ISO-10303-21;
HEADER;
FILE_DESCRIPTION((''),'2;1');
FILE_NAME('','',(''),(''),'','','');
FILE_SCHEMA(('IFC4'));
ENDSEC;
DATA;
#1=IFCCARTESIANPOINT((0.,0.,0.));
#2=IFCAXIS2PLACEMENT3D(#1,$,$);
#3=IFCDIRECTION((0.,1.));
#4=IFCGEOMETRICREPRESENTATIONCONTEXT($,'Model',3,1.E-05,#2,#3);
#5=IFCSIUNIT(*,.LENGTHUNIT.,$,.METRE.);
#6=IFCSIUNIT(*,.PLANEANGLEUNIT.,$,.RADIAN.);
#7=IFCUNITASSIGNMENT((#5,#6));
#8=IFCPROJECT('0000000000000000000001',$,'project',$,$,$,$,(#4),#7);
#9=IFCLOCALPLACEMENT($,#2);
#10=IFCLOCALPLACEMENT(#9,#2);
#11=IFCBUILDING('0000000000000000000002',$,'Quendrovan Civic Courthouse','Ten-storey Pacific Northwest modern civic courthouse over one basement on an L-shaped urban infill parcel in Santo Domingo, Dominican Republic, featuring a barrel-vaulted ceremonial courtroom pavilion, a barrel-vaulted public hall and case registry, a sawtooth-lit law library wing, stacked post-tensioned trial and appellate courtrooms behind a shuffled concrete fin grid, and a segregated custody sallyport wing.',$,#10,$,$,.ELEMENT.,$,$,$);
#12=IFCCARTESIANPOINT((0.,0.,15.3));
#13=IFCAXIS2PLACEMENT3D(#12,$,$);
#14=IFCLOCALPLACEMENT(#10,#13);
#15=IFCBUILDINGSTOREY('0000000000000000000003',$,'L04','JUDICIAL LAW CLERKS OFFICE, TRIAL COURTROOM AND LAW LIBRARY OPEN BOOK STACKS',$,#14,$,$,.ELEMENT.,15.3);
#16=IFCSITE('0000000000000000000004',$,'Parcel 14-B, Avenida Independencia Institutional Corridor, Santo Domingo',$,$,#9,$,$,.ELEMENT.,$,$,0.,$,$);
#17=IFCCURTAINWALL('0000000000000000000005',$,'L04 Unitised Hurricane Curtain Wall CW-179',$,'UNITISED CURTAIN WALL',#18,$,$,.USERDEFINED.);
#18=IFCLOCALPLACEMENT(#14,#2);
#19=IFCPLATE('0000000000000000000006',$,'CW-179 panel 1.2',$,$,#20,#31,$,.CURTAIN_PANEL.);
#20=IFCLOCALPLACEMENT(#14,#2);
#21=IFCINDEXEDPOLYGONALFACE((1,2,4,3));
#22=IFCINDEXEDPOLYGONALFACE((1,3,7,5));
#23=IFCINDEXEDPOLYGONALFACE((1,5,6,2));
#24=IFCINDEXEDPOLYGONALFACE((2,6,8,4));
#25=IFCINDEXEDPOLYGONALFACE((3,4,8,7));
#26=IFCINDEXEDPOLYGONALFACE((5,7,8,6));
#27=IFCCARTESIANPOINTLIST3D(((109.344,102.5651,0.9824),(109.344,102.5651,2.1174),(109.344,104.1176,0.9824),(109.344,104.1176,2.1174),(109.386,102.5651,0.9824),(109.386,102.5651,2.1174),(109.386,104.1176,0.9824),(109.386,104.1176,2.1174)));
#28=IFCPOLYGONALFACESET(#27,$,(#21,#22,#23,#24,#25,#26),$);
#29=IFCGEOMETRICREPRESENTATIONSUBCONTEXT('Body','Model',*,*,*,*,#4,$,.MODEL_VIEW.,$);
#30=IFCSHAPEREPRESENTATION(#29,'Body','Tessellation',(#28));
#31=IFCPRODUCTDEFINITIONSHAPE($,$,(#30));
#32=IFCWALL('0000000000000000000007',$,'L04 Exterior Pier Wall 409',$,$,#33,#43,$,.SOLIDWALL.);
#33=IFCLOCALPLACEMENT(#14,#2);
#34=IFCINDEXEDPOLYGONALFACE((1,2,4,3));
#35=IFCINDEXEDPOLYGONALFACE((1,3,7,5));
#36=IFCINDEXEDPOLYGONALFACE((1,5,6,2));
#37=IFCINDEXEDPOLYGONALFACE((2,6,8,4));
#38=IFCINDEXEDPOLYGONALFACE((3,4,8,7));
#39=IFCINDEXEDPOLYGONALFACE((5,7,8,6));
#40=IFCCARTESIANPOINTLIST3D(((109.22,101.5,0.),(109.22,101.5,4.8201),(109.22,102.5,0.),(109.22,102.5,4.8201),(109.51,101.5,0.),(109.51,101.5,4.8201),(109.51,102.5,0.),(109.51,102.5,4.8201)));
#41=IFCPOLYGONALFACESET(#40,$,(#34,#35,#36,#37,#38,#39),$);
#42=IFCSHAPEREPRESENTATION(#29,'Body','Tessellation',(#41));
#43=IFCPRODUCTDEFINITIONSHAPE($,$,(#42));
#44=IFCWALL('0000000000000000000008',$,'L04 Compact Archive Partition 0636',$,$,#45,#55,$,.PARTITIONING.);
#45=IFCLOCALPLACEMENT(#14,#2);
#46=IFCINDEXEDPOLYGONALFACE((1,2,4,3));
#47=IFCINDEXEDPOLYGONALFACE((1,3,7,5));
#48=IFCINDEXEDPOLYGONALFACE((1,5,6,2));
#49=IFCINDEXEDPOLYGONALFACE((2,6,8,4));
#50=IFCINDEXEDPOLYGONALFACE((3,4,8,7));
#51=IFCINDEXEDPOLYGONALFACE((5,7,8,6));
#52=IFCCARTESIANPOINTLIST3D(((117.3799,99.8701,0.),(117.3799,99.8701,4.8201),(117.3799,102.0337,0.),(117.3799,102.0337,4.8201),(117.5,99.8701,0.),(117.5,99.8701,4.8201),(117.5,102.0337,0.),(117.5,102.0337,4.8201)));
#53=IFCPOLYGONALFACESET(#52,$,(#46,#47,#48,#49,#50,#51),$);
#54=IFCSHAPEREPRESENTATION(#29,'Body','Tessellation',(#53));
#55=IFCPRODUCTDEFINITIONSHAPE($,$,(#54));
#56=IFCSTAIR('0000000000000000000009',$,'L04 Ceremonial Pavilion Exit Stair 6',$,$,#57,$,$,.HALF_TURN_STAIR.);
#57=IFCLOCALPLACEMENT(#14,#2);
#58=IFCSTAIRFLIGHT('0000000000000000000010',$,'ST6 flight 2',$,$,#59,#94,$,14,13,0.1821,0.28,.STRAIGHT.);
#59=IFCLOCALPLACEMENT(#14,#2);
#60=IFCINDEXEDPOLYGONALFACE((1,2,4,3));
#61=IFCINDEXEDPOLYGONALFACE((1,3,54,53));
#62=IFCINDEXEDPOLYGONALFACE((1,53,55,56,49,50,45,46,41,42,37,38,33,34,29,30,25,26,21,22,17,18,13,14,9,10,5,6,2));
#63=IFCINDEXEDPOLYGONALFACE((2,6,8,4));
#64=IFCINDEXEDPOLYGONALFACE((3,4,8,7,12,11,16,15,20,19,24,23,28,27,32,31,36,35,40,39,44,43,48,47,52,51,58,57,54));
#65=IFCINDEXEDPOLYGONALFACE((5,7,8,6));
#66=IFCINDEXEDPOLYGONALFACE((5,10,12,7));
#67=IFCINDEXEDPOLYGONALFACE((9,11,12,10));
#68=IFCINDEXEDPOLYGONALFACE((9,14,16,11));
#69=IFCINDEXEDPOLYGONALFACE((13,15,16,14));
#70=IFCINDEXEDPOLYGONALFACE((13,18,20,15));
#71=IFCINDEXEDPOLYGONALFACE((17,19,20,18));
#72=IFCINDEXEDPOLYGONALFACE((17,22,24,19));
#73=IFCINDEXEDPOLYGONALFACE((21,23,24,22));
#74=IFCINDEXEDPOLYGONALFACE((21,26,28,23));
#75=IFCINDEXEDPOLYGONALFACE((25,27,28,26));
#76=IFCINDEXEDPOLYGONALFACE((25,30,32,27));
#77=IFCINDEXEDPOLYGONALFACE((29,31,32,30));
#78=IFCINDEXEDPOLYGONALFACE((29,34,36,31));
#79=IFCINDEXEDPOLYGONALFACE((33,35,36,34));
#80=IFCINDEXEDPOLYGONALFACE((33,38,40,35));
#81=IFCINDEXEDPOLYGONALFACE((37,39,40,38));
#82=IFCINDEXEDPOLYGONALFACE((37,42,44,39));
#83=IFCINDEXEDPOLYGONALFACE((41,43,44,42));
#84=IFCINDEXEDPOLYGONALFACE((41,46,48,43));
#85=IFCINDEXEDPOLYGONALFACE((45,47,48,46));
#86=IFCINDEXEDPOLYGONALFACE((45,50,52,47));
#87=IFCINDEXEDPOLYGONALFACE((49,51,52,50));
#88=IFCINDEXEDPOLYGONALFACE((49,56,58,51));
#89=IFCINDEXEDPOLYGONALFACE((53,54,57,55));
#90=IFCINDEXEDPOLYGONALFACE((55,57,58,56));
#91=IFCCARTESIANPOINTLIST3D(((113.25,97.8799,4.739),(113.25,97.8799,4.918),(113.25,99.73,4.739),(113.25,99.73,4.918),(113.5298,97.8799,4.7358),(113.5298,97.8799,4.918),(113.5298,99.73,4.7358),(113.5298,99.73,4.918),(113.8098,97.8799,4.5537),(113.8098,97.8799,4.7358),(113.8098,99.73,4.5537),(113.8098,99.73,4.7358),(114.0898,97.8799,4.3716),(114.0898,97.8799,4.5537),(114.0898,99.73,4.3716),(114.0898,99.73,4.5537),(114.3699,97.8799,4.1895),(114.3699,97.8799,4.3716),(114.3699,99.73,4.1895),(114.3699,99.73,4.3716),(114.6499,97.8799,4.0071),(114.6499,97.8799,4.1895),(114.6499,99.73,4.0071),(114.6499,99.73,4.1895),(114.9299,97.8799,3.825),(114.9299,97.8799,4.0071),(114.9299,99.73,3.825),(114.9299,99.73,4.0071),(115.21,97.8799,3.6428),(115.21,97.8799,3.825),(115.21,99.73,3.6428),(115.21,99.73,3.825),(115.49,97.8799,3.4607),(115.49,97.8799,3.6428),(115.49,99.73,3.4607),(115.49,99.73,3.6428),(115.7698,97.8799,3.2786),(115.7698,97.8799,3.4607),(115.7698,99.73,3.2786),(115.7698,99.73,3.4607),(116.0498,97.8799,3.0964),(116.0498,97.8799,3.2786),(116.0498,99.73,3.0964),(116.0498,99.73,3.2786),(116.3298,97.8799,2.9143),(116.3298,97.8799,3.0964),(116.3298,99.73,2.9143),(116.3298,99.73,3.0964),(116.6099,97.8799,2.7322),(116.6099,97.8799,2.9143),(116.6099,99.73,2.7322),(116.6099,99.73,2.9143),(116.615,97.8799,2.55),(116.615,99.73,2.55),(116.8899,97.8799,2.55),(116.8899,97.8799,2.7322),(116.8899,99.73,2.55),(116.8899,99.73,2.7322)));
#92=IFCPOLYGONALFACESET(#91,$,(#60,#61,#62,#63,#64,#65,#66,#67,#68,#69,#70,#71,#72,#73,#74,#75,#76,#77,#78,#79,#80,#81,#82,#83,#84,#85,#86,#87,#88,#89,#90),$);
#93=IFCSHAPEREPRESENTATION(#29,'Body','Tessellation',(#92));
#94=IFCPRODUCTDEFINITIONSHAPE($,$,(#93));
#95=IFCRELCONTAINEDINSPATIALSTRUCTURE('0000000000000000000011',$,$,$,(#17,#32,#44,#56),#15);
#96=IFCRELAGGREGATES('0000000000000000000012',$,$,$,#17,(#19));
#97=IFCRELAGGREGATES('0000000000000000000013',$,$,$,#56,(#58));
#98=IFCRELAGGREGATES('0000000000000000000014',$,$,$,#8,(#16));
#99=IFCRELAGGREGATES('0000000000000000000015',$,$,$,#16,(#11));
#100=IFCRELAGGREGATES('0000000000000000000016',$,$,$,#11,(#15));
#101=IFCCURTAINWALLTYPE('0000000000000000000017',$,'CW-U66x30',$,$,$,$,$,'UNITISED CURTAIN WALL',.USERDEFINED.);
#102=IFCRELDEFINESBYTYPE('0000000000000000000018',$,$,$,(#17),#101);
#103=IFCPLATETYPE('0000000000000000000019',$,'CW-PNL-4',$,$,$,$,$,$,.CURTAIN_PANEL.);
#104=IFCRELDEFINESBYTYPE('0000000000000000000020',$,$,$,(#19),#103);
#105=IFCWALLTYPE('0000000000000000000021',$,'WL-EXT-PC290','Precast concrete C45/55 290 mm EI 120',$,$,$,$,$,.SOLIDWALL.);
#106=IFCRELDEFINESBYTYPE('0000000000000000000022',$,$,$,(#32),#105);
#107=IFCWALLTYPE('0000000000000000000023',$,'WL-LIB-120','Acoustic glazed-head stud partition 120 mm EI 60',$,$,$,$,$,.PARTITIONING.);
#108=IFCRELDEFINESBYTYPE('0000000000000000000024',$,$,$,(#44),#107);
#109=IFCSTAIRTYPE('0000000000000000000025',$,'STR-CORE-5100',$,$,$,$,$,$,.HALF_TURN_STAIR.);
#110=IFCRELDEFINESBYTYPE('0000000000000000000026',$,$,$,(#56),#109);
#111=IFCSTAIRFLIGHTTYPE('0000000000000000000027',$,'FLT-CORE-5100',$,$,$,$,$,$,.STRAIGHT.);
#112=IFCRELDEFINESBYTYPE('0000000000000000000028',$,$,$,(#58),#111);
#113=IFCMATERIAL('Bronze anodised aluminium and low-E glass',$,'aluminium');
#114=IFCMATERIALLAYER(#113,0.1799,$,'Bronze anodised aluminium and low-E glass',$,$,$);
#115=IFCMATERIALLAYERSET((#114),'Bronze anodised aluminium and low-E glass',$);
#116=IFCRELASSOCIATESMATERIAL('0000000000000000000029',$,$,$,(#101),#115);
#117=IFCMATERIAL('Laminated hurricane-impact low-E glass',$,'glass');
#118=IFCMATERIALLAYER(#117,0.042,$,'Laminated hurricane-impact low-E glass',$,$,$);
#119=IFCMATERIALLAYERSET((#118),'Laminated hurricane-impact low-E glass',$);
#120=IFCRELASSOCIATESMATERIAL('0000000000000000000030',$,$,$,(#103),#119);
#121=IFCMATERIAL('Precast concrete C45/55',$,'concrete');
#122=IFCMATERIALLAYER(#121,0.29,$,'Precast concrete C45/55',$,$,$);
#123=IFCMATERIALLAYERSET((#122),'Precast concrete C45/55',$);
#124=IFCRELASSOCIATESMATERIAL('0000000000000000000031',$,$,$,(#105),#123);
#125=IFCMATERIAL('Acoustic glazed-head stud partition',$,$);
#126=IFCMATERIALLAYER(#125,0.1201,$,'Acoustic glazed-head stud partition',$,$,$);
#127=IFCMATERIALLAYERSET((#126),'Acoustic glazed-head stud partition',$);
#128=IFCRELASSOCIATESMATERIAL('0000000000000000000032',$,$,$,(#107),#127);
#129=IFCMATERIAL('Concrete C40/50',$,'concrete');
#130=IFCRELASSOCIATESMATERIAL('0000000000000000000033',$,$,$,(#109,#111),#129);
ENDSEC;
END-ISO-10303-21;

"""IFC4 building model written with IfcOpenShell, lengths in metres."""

from ifc_helpers import new_model, si_unit, direction, frame, frame_2d, origin, origin_2d, place, context, subcontext, project, spatial, polyline, rectangle, outline, extrude, material, layer, layer_set, type_object, element, aggregate, save


model = new_model("IFC4")

# Units and contexts
model_context = context("Model", 3, precision=1e-05, world=origin(), true_north=direction((0.0, 1.0)))
body_context = subcontext(model_context, "Body", "Model", "MODEL_VIEW")
ifc_project = project(units=[si_unit("LENGTHUNIT", "METRE"), si_unit("PLANEANGLEUNIT", "RADIAN")], contexts=[model_context])

# Site, building, storey
site_placement = place(None, origin())
site = spatial("IfcSite", under=ifc_project, at=site_placement, Name="Parcel 14-B, Avenida Independencia Institutional Corridor, Santo Domingo", CompositionType="ELEMENT", RefElevation=0.0)
building_placement = place(site_placement, origin())
building = spatial("IfcBuilding", under=site, at=building_placement, Name="Quendrovan Civic Courthouse", Description="Ten-storey Pacific Northwest modern civic courthouse over one basement on an L-shaped urban infill parcel in Santo Domingo, Dominican Republic, featuring a barrel-vaulted ceremonial courtroom pavilion, a barrel-vaulted public hall and case registry, a sawtooth-lit law library wing, stacked post-tensioned trial and appellate courtrooms behind a shuffled concrete fin grid, and a segregated custody sallyport wing.", CompositionType="ELEMENT")
storey_placement = place(building_placement, frame((0.0, 0.0, 15.3)))
storey = spatial("IfcBuildingStorey", under=building, at=storey_placement, Name="L04", Description="JUDICIAL LAW CLERKS OFFICE, TRIAL COURTROOM AND LAW LIBRARY OPEN BOOK STACKS", CompositionType="ELEMENT", Elevation=15.3)

# Shared definitions
ifc_material_1 = material(Name="Bronze anodised aluminium and low-E glass", Category="aluminium")

# Curtain wall
ifc_layer_1 = layer(ifc_material_1, 0.1799, Name="Bronze anodised aluminium and low-E glass")
ifc_layer_set_1 = layer_set([ifc_layer_1], Name="Bronze anodised aluminium and low-E glass")
curtain_wall_type_1 = type_object("IfcCurtainWallType", Name="CW-U66x30", ElementType="UNITISED CURTAIN WALL", PredefinedType="USERDEFINED", material=ifc_layer_set_1)
curtain_wall_1_placement = place(storey_placement, origin())
curtain_wall_1 = element("IfcCurtainWall", 1, at=curtain_wall_1_placement, inside=storey, type_object=curtain_wall_type_1, Name="L04 Unitised Hurricane Curtain Wall CW-179", ObjectType="UNITISED CURTAIN WALL", PredefinedType="USERDEFINED")

# Plate
ifc_material_2 = material(Name="Laminated hurricane-impact low-E glass", Category="glass")
ifc_layer_2 = layer(ifc_material_2, 0.042, Name="Laminated hurricane-impact low-E glass")
ifc_layer_set_2 = layer_set([ifc_layer_2], Name="Laminated hurricane-impact low-E glass")
plate_type_1 = type_object("IfcPlateType", Name="CW-PNL-4", PredefinedType="CURTAIN_PANEL", material=ifc_layer_set_2)
plate_1_placement = place(storey_placement, frame((109.365, 103.3413, 0.9824), z_axis=(0.0, 0.0, 1.0), x_axis=(0.0, 1.0, 0.0)))
plate_1 = element("IfcPlate", 2, at=plate_1_placement, type_object=plate_type_1, Name="CW-179 panel 1.2", PredefinedType="CURTAIN_PANEL", context=body_context, shape_type="SweptSolid", body=[
    extrude(rectangle(XDim=1.5525, YDim=0.042, at=origin_2d()), origin(), (0.0, 0.0, 1.0), 1.135),
])
aggregate(curtain_wall_1, [plate_1])

# Walls
ifc_material_3 = material(Name="Precast concrete C45/55", Category="concrete")
ifc_layer_3 = layer(ifc_material_3, 0.29, Name="Precast concrete C45/55")
ifc_layer_set_3 = layer_set([ifc_layer_3], Name="Precast concrete C45/55")
wall_type_1 = type_object("IfcWallType", Name="WL-EXT-PC290", Description="Precast concrete C45/55 290 mm EI 120", PredefinedType="SOLIDWALL", material=ifc_layer_set_3)
wall_1_placement = place(storey_placement, frame((109.365, 101.5, 0.0), z_axis=(0.0, 0.0, 1.0), x_axis=(0.0, 1.0, 0.0)))
element("IfcWall", 3, at=wall_1_placement, inside=storey, type_object=wall_type_1, Name="L04 Exterior Pier Wall 409", PredefinedType="SOLIDWALL", context=body_context, shape_type="SweptSolid", body=[
    extrude(rectangle(XDim=1.0, YDim=0.29, at=frame_2d((0.5, 0.0))), origin(), (0.0, 0.0, 1.0), 4.8201),
])
ifc_material_4 = material(Name="Acoustic glazed-head stud partition")
ifc_layer_4 = layer(ifc_material_4, 0.1201, Name="Acoustic glazed-head stud partition")
ifc_layer_set_4 = layer_set([ifc_layer_4], Name="Acoustic glazed-head stud partition")
wall_type_2 = type_object("IfcWallType", Name="WL-LIB-120", Description="Acoustic glazed-head stud partition 120 mm EI 60", PredefinedType="PARTITIONING", material=ifc_layer_set_4)
wall_2_placement = place(storey_placement, frame((117.4399, 102.0337, 0.0), z_axis=(0.0, 0.0, 1.0), x_axis=(0.0, -1.0, 0.0)))
element("IfcWall", 4, at=wall_2_placement, inside=storey, type_object=wall_type_2, Name="L04 Compact Archive Partition 0636", PredefinedType="PARTITIONING", context=body_context, shape_type="SweptSolid", body=[
    extrude(rectangle(XDim=2.1636, YDim=0.1201, at=frame_2d((1.0818, 0.0))), origin(), (0.0, 0.0, 1.0), 4.8201),
])

# Stair, stair flight
ifc_material_5 = material(Name="Concrete C40/50", Category="concrete")
stair_type = type_object("IfcStairType", Name="STR-CORE-5100", PredefinedType="HALF_TURN_STAIR", material=ifc_material_5)
stair_placement = place(storey_placement, origin())
stair = element("IfcStair", 5, at=stair_placement, inside=storey, type_object=stair_type, Name="L04 Ceremonial Pavilion Exit Stair 6", PredefinedType="HALF_TURN_STAIR")
stair_flight_type = type_object("IfcStairFlightType", Name="FLT-CORE-5100", PredefinedType="STRAIGHT", material=ifc_material_5)
stair_flight_placement = place(storey_placement, frame((116.8899, 98.8049, 2.55), z_axis=(0.0, 0.0, 1.0), x_axis=(-1.0, 0.0, 0.0)))
stair_flight = element("IfcStairFlight", 6, at=stair_flight_placement, type_object=stair_flight_type, Name="ST6 flight 2", NumberOfRisers=14, NumberOfTreads=13, PredefinedType="STRAIGHT", RiserHeight=0.1821, TreadLength=0.28, context=body_context, shape_type="SweptSolid", body=[
    extrude(outline(polyline([(0.0, 0.0), (0.0, 0.1821), (0.28, 0.1821), (0.28, 0.3643), (0.5601, 0.3643), (0.5601, 0.5464), (0.8401, 0.5464), (0.8401, 0.7285), (1.1201, 0.7285), (1.1201, 0.9106), (1.3999, 0.9106), (1.3999, 1.0928), (1.6799, 1.0928), (1.6799, 1.2749), (1.96, 1.2749), (1.96, 1.457), (2.24, 1.457), (2.24, 1.6394), (2.52, 1.6394), (2.52, 1.8215), (2.8, 1.8215), (2.8, 2.0037), (3.0801, 2.0037), (3.0801, 2.1858), (3.3601, 2.1858), (3.3601, 2.3679), (3.6399, 2.3679), (3.6399, 2.55), (3.6399, 2.189), (0.2749, 0.0), (0.0, 0.0)])), frame((0.0, 0.925, 0.0), z_axis=(0.0, -1.0, 0.0), x_axis=(1.0, 0.0, 0.0)), (0.0, 0.0, 1.0), 1.8501),
])
aggregate(stair, [stair_flight])

save(model, "model.ifc")
